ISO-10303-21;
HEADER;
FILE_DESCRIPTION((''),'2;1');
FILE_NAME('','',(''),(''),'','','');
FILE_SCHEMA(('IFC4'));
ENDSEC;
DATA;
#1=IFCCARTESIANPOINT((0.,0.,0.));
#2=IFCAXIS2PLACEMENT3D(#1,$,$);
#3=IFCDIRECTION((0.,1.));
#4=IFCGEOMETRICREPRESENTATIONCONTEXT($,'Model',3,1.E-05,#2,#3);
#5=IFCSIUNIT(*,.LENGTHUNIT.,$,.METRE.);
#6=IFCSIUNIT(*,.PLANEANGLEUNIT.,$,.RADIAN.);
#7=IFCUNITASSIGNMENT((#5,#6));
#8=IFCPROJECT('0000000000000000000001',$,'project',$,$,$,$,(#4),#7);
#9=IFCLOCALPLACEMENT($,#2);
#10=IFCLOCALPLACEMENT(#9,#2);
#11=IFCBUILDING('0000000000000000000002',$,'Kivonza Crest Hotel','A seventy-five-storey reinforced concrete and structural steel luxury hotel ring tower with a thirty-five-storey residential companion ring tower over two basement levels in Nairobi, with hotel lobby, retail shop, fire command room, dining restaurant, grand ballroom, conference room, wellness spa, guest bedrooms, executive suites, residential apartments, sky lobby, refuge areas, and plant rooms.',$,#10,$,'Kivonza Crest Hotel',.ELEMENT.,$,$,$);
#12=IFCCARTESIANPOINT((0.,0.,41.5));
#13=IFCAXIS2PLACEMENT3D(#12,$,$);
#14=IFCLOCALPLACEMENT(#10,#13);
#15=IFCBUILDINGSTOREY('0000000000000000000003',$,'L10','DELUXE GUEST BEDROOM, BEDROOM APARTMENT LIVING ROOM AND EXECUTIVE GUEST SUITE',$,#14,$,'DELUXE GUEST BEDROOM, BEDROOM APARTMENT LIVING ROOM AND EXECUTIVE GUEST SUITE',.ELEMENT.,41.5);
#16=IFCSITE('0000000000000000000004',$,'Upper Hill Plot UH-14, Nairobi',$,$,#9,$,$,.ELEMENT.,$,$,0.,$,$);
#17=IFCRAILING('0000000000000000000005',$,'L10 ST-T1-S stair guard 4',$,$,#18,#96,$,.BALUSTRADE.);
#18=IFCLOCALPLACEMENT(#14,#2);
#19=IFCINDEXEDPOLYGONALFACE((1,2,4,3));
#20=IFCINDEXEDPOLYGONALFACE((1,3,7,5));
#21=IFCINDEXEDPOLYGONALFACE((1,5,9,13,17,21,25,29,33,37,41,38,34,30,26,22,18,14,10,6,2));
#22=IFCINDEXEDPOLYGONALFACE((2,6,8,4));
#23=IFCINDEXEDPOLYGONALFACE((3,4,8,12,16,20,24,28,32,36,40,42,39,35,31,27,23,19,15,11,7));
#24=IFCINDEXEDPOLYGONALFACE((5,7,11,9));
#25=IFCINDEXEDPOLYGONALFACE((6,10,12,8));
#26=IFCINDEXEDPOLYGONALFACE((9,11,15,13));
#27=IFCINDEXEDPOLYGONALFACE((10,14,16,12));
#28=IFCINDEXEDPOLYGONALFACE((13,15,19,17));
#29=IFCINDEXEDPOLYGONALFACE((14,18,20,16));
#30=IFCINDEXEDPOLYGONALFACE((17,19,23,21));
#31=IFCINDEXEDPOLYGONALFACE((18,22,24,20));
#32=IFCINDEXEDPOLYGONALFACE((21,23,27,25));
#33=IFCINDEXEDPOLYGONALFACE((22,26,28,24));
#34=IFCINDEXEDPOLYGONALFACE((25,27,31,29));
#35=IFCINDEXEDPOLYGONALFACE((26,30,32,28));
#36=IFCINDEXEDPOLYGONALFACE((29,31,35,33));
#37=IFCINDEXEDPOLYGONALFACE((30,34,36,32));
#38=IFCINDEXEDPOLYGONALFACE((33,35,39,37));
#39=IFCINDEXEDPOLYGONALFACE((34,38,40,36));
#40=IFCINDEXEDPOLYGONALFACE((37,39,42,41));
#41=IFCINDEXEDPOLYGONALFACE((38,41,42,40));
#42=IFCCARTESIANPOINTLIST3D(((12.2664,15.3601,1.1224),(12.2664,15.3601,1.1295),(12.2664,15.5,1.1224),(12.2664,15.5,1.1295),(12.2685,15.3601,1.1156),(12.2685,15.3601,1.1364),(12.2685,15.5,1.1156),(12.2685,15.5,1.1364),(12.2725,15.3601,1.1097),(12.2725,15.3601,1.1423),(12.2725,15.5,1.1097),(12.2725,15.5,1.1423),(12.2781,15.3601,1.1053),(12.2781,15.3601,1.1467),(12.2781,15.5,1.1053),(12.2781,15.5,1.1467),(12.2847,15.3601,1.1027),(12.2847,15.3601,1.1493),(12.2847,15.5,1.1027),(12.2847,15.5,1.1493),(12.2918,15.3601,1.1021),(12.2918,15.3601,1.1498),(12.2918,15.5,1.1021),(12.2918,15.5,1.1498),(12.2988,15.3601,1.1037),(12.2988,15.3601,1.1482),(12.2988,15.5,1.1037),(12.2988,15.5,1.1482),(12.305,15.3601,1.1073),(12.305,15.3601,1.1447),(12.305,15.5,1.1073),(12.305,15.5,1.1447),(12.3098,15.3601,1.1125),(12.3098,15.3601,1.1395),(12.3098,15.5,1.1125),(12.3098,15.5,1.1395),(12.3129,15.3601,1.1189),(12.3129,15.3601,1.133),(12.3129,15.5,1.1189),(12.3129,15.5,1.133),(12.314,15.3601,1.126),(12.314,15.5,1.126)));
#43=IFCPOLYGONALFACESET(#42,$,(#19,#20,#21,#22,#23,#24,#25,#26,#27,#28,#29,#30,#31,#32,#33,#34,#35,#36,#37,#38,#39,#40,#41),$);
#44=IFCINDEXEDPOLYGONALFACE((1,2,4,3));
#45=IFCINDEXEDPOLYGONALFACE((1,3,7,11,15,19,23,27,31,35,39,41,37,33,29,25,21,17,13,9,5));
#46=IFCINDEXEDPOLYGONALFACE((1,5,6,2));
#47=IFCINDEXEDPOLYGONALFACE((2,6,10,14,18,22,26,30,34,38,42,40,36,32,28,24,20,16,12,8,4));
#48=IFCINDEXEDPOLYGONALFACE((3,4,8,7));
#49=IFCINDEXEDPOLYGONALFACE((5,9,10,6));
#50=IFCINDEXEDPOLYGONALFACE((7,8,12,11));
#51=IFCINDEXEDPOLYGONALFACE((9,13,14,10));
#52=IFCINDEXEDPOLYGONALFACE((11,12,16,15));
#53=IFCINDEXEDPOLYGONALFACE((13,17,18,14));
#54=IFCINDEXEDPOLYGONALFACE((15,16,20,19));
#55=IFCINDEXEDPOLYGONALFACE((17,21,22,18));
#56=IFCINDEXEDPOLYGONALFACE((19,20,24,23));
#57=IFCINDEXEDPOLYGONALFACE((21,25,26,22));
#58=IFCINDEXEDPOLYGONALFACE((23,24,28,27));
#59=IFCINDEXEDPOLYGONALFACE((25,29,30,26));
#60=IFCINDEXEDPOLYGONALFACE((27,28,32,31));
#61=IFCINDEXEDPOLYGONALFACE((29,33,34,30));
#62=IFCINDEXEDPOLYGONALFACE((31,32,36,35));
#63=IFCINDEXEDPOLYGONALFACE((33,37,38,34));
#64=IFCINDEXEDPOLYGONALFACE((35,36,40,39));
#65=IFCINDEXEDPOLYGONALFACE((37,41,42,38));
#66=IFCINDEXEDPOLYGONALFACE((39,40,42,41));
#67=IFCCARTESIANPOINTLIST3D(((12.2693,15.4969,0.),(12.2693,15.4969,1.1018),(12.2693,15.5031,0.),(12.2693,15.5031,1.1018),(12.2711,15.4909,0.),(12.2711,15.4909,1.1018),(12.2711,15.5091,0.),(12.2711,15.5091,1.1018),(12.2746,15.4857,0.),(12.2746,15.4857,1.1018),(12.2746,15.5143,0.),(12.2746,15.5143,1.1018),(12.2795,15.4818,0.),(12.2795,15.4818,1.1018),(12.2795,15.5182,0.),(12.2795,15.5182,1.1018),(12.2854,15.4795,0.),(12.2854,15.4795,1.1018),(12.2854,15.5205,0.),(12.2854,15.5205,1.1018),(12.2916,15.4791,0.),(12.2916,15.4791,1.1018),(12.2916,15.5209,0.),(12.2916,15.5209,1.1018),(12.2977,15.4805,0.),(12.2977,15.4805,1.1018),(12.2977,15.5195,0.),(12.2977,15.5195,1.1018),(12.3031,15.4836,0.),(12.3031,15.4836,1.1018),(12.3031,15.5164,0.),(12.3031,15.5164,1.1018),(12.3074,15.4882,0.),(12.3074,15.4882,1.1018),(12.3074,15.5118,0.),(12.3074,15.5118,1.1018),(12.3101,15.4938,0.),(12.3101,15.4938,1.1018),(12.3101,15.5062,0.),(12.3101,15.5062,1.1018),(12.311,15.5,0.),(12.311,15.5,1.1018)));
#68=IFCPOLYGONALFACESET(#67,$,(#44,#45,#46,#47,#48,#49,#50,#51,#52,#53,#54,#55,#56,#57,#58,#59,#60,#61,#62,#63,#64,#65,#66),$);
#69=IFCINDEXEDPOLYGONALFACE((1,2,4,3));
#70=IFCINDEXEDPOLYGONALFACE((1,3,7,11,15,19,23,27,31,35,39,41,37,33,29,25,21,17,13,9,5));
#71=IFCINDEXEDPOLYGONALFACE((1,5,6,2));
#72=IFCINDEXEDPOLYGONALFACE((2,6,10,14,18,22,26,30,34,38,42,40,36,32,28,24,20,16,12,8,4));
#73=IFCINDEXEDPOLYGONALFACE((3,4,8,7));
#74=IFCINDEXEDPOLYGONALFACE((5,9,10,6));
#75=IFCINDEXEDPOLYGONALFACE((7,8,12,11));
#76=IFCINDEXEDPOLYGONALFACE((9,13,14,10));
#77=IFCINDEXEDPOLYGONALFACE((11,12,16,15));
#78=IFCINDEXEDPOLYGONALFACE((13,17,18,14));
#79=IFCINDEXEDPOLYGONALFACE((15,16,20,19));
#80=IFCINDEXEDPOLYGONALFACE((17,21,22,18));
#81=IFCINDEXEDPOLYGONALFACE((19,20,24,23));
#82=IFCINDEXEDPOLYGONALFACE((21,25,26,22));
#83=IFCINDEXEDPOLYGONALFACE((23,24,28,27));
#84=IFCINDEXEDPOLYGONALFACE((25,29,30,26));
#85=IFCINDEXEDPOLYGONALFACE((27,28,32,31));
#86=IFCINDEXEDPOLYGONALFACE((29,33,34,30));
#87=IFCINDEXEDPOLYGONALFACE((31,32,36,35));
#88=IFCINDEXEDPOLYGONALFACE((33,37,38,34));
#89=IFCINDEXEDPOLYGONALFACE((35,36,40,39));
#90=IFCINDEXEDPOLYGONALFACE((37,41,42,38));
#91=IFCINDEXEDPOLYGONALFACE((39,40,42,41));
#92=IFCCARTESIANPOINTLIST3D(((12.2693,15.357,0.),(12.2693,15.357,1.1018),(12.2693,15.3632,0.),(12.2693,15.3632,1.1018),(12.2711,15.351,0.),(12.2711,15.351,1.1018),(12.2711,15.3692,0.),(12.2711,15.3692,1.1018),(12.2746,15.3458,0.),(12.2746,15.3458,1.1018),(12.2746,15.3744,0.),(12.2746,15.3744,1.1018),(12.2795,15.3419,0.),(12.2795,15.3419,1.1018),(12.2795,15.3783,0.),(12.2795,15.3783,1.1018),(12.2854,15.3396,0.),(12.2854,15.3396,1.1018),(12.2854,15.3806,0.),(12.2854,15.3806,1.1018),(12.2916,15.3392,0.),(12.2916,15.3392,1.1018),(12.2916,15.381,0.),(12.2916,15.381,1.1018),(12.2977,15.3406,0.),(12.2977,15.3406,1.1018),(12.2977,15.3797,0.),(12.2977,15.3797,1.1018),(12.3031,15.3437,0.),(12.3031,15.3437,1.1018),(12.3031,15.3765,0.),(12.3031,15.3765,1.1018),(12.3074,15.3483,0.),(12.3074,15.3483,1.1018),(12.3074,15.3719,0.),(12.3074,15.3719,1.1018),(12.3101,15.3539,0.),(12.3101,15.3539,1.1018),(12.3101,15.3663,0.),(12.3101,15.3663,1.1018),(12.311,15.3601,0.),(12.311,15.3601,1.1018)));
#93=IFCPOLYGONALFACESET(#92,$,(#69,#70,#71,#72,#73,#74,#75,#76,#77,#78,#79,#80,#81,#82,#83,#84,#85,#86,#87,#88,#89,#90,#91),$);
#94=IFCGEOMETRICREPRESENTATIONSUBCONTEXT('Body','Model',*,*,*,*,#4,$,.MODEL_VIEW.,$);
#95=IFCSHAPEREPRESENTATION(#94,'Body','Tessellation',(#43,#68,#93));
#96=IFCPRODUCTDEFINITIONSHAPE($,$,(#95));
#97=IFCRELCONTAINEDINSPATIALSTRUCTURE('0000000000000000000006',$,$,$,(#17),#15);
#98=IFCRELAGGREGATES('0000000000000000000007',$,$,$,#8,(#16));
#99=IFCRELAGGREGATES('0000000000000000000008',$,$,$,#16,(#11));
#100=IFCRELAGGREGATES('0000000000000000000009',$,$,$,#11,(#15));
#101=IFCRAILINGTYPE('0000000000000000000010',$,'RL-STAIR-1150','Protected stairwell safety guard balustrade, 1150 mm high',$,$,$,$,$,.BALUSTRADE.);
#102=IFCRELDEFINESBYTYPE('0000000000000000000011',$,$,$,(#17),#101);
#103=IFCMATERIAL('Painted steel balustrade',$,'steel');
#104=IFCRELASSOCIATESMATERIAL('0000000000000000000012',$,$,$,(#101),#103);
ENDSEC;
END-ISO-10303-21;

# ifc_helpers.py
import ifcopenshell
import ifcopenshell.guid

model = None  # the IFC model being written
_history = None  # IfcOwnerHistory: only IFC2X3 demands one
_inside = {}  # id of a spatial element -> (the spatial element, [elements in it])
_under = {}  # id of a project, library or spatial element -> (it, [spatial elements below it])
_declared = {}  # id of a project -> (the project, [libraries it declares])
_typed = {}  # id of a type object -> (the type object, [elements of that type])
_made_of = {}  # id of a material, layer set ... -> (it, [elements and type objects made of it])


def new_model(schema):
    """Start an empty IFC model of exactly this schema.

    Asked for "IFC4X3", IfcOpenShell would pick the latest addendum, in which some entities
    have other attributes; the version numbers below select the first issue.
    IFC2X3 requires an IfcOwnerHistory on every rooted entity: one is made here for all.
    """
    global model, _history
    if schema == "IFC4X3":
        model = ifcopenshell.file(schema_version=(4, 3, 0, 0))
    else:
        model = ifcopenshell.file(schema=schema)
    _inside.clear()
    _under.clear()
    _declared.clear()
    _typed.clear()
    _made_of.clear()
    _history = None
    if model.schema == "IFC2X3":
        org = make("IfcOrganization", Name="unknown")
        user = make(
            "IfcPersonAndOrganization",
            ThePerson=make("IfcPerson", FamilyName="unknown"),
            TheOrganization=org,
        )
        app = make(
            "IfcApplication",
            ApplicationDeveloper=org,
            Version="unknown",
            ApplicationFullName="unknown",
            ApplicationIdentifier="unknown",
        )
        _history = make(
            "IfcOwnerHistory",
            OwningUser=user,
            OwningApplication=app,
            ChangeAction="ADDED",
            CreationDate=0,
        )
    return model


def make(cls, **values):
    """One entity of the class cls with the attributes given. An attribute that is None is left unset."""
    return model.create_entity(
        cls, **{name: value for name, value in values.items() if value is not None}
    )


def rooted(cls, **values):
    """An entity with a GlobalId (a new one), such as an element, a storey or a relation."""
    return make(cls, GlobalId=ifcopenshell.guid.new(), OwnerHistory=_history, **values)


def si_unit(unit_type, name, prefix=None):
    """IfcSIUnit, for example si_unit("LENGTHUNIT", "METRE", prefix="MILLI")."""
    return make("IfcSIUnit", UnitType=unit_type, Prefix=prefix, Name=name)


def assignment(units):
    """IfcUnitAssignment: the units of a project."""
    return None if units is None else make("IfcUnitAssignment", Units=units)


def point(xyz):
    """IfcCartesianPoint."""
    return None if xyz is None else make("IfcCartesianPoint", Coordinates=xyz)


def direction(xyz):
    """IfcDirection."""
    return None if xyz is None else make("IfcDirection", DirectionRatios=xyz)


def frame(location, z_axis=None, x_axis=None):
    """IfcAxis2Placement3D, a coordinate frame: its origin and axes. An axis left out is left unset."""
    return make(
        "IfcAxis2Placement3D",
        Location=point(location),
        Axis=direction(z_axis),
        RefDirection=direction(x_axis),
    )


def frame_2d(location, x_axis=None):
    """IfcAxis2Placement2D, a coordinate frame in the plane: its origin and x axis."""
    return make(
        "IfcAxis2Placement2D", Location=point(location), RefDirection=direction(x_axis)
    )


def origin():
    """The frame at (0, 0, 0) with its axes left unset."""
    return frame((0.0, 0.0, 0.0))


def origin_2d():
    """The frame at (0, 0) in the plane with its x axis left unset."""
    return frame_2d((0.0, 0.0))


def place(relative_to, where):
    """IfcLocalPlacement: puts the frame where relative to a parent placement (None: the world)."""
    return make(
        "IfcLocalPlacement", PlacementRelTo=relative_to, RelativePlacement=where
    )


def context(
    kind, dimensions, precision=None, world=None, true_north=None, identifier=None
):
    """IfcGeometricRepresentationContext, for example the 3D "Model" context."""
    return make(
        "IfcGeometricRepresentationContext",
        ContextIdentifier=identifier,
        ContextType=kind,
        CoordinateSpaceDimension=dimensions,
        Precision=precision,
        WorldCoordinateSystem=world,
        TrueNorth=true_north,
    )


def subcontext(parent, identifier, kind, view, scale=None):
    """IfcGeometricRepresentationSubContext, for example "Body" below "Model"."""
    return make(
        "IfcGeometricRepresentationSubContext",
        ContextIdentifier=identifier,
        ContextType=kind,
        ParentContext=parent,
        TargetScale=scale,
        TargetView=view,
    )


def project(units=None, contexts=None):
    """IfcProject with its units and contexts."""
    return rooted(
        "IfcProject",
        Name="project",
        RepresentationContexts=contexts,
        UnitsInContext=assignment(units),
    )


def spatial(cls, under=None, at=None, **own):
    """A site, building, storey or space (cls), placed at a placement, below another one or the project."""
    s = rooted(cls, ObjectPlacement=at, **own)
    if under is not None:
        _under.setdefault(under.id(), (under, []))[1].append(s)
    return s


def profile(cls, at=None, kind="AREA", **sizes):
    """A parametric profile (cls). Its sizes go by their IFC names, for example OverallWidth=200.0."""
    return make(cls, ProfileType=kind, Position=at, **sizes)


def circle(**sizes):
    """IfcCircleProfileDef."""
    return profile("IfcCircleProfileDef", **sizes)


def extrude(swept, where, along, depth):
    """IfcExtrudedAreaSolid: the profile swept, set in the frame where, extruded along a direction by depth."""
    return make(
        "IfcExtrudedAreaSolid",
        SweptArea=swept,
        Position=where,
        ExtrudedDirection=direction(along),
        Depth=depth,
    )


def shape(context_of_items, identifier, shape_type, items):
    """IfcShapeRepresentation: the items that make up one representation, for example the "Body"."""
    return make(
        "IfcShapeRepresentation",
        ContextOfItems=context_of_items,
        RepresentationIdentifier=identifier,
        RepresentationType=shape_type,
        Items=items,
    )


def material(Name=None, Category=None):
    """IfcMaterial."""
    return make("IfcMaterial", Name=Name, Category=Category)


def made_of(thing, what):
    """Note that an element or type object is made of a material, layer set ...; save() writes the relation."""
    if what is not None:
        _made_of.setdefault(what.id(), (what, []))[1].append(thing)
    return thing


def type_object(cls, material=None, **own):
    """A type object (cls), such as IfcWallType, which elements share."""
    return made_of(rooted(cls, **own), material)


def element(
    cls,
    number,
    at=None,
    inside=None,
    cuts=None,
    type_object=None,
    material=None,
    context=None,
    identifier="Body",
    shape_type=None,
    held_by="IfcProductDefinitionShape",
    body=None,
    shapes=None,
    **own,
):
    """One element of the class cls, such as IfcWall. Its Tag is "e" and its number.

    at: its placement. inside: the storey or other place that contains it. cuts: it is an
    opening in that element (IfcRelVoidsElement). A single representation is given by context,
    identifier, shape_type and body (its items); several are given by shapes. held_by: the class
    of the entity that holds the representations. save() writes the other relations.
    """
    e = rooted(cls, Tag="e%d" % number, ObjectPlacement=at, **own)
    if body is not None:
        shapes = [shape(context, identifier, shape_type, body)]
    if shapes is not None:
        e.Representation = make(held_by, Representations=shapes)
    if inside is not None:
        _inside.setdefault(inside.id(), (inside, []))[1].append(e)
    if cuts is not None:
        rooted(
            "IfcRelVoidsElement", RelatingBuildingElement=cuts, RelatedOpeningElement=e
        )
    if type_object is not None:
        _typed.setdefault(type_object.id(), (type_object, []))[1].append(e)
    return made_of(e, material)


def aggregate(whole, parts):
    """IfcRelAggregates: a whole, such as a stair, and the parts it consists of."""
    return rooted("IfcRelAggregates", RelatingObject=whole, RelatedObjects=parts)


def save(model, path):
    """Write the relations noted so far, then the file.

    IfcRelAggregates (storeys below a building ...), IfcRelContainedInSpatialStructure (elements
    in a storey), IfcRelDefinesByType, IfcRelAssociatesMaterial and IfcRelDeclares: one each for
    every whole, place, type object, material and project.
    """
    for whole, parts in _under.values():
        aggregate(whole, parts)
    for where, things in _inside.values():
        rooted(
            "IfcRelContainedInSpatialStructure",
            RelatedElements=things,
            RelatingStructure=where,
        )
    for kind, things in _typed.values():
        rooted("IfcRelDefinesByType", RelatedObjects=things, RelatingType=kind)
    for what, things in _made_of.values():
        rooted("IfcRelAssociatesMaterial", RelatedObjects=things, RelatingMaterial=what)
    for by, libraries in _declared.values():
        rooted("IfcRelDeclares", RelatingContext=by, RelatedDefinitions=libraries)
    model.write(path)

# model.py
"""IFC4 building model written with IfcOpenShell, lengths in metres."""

from ifc_helpers import new_model, si_unit, direction, frame, origin, origin_2d, place, context, subcontext, project, spatial, circle, extrude, material, type_object, element, save


model = new_model("IFC4")

# Units and contexts
model_context = context("Model", 3, precision=1e-05, world=origin(), true_north=direction((0.0, 1.0)))
body_context = subcontext(model_context, "Body", "Model", "MODEL_VIEW")
ifc_project = project(units=[si_unit("LENGTHUNIT", "METRE"), si_unit("PLANEANGLEUNIT", "RADIAN")], contexts=[model_context])

# Site, building, storey
site_placement = place(None, origin())
site = spatial("IfcSite", under=ifc_project, at=site_placement, Name="Upper Hill Plot UH-14, Nairobi", CompositionType="ELEMENT", RefElevation=0.0)
building_placement = place(site_placement, origin())
building = spatial("IfcBuilding", under=site, at=building_placement, Name="Kivonza Crest Hotel", Description="A seventy-five-storey reinforced concrete and structural steel luxury hotel ring tower with a thirty-five-storey residential companion ring tower over two basement levels in Nairobi, with hotel lobby, retail shop, fire command room, dining restaurant, grand ballroom, conference room, wellness spa, guest bedrooms, executive suites, residential apartments, sky lobby, refuge areas, and plant rooms.", LongName="Kivonza Crest Hotel", CompositionType="ELEMENT")
storey_placement = place(building_placement, frame((0.0, 0.0, 41.5)))
storey = spatial("IfcBuildingStorey", under=building, at=storey_placement, Name="L10", Description="DELUXE GUEST BEDROOM, BEDROOM APARTMENT LIVING ROOM AND EXECUTIVE GUEST SUITE", LongName="DELUXE GUEST BEDROOM, BEDROOM APARTMENT LIVING ROOM AND EXECUTIVE GUEST SUITE", CompositionType="ELEMENT", Elevation=41.5)

# Railing
ifc_material_1 = material(Name="Painted steel balustrade", Category="steel")
railing_type_1 = type_object("IfcRailingType", Name="RL-STAIR-1150", Description="Protected stairwell safety guard balustrade, 1150 mm high", PredefinedType="BALUSTRADE", material=ifc_material_1)
railing_1_placement = place(storey_placement, frame((12.29, 15.5, 0.0)))
element("IfcRailing", 1, at=railing_1_placement, inside=storey, type_object=railing_type_1, Name="L10 ST-T1-S stair guard 4", PredefinedType="BALUSTRADE", context=body_context, shape_type="SweptSolid", body=[
    extrude(circle(Radius=0.0239, at=origin_2d()), frame((0.0, 0.0, 1.126), z_axis=(0.0, -1.0, 0.0), x_axis=(1.0, 0.0, 0.0)), (0.0, 0.0, 1.0), 0.1399),
    extrude(circle(Radius=0.021, at=origin_2d()), origin(), (0.0, 0.0, 1.0), 1.1018),
    extrude(circle(Radius=0.021, at=origin_2d()), frame((0.0, -0.1399, 0.0)), (0.0, 0.0, 1.0), 1.1018),
])

save(model, "model.ifc")
